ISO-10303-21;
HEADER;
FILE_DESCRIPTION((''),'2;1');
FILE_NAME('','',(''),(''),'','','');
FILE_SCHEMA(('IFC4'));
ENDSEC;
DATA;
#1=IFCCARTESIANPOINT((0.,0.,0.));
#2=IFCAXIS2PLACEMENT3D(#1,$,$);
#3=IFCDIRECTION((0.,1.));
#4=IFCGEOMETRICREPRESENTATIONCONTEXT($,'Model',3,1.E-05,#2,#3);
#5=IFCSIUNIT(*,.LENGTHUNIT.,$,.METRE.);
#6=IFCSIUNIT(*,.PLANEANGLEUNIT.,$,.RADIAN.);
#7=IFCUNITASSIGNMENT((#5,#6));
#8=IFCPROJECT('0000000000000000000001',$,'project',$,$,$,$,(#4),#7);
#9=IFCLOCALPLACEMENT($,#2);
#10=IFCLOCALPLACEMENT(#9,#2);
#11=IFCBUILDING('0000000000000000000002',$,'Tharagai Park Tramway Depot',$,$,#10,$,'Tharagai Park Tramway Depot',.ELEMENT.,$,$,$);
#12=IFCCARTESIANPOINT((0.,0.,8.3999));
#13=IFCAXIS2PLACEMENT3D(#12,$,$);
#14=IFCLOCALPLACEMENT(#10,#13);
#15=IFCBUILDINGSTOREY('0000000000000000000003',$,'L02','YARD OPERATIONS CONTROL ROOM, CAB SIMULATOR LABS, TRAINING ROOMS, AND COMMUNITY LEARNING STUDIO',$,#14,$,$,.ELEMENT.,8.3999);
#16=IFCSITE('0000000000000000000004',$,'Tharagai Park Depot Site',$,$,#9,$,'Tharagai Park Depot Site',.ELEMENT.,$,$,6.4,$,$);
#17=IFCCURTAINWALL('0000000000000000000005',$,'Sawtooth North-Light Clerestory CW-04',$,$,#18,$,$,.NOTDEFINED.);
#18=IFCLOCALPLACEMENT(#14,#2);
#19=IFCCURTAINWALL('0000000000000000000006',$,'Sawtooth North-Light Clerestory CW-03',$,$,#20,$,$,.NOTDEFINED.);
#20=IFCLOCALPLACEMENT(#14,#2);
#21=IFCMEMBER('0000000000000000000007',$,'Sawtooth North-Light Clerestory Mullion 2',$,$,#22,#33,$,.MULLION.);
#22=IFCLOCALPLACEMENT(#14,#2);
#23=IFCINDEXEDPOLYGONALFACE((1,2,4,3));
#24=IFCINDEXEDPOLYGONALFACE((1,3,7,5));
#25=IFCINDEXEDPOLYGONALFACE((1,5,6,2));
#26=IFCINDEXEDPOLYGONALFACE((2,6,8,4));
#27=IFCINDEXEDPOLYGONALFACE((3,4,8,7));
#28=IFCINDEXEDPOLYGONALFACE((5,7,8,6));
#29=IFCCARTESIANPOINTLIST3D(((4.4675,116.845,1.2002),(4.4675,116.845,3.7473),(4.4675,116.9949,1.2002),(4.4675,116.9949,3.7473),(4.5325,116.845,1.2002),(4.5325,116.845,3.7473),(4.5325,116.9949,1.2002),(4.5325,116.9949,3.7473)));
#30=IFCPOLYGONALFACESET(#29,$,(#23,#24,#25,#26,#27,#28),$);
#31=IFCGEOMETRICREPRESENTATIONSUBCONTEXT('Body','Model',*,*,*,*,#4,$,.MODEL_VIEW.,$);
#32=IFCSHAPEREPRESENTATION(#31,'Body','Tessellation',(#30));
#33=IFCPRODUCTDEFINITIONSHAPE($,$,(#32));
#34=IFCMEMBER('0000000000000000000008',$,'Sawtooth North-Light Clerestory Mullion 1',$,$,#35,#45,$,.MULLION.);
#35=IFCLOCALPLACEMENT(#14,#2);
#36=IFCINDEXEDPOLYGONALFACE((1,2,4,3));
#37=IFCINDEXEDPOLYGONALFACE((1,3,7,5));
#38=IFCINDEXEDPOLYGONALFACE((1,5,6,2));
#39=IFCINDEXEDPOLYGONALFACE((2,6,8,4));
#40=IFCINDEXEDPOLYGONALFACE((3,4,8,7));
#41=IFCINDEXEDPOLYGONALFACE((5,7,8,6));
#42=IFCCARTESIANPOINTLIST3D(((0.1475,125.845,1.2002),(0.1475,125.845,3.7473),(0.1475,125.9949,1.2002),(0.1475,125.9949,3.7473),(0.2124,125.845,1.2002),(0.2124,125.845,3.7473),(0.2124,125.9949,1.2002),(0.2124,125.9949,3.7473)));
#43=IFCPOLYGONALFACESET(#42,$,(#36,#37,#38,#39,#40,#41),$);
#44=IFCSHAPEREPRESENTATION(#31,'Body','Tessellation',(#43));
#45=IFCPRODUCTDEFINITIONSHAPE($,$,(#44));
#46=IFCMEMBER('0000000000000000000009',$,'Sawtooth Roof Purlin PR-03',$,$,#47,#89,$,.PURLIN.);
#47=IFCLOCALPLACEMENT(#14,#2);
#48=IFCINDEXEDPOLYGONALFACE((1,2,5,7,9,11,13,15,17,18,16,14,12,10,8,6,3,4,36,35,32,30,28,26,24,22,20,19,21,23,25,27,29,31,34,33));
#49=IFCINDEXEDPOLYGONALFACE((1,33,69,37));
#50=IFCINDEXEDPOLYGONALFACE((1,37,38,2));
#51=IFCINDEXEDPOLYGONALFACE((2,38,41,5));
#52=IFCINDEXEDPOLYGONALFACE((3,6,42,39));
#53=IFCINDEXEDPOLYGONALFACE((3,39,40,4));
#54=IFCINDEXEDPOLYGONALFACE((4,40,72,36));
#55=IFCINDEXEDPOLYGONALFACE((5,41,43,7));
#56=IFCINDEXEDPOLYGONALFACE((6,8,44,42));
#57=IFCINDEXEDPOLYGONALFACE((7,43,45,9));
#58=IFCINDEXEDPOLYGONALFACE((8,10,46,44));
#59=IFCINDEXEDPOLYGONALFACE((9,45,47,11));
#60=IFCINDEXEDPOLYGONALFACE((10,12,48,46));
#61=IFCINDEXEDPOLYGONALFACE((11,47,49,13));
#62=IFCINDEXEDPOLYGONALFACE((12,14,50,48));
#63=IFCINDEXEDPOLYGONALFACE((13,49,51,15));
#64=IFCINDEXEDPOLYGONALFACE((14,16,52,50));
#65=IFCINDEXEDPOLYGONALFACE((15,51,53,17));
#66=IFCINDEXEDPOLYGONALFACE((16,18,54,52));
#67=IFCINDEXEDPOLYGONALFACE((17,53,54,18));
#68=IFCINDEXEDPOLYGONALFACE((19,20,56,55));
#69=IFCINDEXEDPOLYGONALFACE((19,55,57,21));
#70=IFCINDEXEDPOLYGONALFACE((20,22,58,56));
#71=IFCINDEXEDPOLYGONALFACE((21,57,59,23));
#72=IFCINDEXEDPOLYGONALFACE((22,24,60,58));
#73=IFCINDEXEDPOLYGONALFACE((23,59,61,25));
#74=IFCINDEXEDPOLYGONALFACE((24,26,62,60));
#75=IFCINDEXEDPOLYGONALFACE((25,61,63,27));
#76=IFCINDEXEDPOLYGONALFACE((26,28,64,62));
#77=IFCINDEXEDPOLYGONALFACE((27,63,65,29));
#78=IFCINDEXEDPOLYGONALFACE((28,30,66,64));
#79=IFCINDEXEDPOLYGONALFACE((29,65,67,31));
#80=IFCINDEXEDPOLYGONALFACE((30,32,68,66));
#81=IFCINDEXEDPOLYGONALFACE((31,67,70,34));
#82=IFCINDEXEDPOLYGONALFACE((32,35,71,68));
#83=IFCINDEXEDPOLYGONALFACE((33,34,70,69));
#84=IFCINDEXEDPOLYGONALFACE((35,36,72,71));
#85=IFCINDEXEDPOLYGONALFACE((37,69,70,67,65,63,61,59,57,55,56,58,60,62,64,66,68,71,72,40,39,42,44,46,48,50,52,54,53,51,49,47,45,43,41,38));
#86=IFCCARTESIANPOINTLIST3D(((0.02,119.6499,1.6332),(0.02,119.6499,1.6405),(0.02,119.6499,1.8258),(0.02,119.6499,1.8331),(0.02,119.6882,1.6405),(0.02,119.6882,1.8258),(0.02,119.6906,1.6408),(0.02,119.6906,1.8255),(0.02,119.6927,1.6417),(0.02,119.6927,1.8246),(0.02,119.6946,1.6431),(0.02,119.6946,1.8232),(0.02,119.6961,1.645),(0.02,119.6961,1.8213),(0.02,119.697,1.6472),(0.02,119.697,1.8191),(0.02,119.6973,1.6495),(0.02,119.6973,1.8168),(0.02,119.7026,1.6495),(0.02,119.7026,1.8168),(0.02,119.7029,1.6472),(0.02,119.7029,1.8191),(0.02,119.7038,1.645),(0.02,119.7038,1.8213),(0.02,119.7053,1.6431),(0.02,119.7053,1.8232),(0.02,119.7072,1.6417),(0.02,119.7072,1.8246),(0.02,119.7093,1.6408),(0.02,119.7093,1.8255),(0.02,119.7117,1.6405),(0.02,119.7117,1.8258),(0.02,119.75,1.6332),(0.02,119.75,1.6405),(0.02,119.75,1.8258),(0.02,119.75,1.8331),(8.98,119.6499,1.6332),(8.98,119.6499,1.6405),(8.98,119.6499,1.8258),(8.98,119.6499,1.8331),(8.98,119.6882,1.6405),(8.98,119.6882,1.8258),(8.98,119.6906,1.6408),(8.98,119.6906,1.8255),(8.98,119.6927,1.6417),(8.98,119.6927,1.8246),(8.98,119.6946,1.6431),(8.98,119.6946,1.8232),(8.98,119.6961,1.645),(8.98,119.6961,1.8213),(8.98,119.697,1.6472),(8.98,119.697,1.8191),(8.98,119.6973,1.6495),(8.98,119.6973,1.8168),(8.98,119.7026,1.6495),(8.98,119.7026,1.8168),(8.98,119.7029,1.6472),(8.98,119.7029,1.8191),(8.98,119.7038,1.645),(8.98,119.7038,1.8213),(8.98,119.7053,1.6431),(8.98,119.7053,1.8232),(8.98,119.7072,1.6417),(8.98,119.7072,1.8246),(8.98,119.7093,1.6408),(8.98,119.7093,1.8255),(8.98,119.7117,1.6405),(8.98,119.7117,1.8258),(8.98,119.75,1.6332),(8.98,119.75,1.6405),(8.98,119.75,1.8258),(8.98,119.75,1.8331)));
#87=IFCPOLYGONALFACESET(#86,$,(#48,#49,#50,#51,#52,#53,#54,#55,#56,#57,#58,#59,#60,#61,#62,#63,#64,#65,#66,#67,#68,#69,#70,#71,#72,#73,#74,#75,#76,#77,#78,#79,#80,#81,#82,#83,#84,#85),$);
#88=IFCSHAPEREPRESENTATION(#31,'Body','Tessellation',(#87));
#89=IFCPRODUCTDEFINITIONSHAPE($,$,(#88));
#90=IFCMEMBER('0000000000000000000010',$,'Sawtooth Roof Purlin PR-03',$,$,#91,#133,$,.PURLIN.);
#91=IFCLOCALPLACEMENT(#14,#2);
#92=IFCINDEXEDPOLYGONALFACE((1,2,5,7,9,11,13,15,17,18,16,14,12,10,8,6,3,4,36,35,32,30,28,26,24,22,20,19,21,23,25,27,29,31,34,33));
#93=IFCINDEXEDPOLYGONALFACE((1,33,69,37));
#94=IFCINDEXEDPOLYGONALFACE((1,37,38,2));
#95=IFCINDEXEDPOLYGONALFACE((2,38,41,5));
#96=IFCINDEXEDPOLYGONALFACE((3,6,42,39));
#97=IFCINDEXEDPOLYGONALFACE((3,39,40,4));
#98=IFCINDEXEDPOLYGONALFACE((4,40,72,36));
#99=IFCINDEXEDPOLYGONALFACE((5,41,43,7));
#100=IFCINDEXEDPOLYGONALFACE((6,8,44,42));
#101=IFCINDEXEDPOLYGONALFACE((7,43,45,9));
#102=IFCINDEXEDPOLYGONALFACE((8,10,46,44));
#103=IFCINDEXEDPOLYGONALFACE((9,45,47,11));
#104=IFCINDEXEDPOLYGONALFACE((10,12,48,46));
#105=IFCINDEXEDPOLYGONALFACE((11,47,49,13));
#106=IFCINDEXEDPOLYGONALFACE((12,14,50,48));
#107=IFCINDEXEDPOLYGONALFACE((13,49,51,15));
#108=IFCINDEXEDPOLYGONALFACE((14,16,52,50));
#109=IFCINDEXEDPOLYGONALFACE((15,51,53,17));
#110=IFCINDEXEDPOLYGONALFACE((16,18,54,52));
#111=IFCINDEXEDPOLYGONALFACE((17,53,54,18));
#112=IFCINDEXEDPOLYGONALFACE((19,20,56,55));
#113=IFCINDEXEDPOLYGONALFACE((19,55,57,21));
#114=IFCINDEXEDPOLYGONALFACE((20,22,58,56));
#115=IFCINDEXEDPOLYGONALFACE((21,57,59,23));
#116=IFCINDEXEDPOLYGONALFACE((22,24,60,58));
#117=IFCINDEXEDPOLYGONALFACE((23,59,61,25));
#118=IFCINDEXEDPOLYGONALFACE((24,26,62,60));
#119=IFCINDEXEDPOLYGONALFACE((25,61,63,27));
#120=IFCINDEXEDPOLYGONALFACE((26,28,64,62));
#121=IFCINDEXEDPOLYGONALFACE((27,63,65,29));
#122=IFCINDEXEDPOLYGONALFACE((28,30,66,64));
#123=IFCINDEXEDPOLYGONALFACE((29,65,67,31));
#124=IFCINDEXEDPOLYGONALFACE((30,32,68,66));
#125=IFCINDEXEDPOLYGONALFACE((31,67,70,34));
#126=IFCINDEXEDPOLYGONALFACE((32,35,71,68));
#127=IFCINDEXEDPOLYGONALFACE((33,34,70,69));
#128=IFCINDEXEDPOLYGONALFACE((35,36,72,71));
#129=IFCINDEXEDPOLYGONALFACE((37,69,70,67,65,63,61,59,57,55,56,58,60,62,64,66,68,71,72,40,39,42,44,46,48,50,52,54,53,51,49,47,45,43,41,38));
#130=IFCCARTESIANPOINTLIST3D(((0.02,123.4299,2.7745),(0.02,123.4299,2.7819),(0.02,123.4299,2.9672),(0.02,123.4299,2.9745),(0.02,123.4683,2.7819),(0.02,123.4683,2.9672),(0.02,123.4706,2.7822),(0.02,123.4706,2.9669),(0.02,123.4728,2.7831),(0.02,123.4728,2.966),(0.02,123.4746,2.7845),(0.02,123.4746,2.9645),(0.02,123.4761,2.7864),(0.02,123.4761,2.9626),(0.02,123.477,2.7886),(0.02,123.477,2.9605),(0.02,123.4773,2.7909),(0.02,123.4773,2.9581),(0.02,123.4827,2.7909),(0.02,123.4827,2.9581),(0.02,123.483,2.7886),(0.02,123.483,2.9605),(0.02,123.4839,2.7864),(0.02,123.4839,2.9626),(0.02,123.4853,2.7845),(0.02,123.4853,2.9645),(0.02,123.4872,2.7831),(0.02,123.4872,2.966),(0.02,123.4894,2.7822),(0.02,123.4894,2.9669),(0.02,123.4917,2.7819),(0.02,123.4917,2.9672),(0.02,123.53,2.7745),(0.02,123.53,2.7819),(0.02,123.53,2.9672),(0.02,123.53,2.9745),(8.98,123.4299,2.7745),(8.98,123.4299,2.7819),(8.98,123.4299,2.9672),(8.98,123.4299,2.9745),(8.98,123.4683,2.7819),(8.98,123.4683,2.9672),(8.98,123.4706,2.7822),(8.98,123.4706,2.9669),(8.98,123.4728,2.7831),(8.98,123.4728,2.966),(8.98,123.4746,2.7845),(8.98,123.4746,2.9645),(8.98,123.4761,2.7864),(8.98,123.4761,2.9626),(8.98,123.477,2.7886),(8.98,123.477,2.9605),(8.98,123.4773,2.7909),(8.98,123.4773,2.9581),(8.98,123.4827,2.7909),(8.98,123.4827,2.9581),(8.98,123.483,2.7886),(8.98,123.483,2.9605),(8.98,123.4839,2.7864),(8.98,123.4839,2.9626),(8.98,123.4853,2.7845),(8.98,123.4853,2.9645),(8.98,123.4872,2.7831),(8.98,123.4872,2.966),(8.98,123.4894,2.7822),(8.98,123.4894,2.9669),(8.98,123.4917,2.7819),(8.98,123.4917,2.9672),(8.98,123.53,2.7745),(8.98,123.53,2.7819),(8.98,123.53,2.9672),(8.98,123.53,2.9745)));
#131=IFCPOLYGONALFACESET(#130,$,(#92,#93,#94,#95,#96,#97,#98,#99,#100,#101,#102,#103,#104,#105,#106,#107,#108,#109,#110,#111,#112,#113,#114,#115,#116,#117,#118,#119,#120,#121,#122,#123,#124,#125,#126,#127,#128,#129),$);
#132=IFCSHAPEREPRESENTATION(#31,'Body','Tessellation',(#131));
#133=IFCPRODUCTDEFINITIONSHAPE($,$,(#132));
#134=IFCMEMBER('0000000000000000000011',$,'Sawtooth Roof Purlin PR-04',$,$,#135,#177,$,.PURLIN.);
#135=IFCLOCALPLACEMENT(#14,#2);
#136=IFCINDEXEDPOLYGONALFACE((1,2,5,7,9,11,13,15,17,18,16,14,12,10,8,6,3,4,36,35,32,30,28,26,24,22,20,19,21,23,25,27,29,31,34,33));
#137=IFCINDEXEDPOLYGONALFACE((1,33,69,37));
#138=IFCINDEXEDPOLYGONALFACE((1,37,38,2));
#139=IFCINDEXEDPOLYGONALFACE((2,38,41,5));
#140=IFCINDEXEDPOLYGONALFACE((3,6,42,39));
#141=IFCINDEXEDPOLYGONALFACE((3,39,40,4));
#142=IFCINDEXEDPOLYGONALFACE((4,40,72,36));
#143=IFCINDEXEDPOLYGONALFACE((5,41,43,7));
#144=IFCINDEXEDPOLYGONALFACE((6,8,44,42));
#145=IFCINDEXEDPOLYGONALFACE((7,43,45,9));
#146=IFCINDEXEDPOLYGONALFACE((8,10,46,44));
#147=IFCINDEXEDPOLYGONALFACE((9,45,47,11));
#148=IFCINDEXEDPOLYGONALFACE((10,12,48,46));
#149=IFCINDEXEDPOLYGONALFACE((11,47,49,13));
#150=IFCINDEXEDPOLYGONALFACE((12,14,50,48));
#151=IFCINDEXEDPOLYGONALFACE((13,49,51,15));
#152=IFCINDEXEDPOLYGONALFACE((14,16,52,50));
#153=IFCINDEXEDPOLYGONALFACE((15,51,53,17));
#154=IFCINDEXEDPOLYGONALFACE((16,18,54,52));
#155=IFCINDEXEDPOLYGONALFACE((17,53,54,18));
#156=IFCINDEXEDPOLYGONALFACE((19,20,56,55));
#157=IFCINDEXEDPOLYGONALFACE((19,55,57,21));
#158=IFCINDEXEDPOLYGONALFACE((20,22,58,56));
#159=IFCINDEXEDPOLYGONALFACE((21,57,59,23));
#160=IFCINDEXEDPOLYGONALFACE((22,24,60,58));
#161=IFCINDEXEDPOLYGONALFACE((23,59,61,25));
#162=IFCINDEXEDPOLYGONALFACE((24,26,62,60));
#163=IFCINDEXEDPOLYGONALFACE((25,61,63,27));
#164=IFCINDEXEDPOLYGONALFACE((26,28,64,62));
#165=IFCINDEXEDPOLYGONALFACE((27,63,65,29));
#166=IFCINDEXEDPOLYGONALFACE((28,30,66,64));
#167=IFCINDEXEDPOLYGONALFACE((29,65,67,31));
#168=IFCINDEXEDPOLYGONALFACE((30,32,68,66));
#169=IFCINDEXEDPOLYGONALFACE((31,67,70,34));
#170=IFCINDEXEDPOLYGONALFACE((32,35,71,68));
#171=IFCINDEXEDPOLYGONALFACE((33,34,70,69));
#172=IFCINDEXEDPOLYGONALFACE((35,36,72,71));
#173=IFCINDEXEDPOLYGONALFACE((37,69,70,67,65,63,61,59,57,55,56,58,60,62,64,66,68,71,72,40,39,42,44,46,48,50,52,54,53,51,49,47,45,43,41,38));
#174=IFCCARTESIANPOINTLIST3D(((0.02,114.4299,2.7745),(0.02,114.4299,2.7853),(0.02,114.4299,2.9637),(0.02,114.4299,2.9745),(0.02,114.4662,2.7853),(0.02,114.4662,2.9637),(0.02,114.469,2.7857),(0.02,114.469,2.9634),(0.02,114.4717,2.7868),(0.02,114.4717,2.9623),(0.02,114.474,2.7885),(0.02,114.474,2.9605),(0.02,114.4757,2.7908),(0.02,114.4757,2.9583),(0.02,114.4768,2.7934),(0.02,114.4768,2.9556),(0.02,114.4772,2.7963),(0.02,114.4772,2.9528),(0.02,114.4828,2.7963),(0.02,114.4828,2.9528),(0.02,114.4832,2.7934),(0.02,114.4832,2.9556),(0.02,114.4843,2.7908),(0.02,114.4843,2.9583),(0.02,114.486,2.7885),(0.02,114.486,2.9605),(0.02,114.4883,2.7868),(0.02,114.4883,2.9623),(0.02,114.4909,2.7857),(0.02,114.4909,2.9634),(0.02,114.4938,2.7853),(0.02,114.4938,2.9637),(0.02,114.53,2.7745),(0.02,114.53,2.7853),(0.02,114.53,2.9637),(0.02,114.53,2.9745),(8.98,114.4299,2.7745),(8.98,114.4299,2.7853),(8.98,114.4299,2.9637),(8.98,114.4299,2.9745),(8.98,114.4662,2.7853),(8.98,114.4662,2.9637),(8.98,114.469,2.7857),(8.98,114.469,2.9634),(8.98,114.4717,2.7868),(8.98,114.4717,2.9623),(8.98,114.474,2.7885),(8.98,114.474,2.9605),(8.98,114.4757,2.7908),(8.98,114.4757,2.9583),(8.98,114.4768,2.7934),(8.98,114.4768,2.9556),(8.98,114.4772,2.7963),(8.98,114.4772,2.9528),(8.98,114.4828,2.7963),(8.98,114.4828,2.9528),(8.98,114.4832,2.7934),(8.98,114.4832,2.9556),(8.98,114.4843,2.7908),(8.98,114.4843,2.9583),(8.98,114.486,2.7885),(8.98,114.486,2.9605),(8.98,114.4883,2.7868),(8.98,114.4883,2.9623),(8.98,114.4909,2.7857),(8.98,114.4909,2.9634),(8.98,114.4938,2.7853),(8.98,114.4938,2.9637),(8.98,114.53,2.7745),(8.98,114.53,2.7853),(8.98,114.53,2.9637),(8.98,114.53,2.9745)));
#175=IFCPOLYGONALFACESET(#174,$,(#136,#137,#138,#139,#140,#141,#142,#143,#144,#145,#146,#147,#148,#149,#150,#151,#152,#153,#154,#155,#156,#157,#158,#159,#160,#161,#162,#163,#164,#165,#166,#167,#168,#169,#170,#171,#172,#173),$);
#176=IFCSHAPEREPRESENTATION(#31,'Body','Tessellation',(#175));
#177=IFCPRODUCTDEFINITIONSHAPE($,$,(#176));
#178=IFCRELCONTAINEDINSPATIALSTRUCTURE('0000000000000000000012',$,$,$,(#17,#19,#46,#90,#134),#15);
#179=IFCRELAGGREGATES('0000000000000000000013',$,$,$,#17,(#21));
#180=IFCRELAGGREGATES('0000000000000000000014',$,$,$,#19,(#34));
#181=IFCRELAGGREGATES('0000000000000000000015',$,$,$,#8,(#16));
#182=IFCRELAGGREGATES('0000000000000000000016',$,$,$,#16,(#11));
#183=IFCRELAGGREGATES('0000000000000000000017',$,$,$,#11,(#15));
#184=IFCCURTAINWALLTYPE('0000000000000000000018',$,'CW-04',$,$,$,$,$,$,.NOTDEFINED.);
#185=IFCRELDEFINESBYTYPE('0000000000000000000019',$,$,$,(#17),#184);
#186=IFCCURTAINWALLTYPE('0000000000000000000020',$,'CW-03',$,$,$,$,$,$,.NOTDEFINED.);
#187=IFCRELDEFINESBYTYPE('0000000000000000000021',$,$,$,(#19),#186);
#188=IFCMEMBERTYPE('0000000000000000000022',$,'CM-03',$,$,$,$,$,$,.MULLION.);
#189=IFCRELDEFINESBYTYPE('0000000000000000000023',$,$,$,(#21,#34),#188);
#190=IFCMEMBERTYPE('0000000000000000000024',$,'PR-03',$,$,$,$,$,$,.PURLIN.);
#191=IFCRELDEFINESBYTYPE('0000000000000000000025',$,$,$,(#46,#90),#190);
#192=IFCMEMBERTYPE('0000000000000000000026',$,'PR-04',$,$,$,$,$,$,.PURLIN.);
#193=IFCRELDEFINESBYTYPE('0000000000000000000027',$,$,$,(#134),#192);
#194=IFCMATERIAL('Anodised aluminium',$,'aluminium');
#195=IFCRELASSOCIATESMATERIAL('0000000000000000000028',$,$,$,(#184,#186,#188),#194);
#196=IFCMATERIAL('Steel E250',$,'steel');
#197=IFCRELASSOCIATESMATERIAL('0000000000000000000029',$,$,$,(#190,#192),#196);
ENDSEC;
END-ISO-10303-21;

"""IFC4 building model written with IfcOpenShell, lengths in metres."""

from ifc_helpers import new_model, si_unit, direction, frame, origin, origin_2d, place, context, subcontext, project, spatial, rectangle, i_section, extrude, material, material_profile, profile_set, type_object, element, aggregate, save


model = new_model("IFC4")

# Units and contexts
model_context = context("Model", 3, precision=1e-05, world=origin(), true_north=direction((0.0, 1.0)))
body_context = subcontext(model_context, "Body", "Model", "MODEL_VIEW")
ifc_project = project(units=[si_unit("LENGTHUNIT", "METRE"), si_unit("PLANEANGLEUNIT", "RADIAN")], contexts=[model_context])

# Site, building, storey
site_placement = place(None, origin())
site = spatial("IfcSite", under=ifc_project, at=site_placement, Name="Tharagai Park Depot Site", LongName="Tharagai Park Depot Site", CompositionType="ELEMENT", RefElevation=6.4)
building_placement = place(site_placement, origin())
building = spatial("IfcBuilding", under=site, at=building_placement, Name="Tharagai Park Tramway Depot", LongName="Tharagai Park Tramway Depot", CompositionType="ELEMENT")
storey_placement = place(building_placement, frame((0.0, 0.0, 8.3999)))
storey = spatial("IfcBuildingStorey", under=building, at=storey_placement, Name="L02", Description="YARD OPERATIONS CONTROL ROOM, CAB SIMULATOR LABS, TRAINING ROOMS, AND COMMUNITY LEARNING STUDIO", CompositionType="ELEMENT", Elevation=8.3999)

# Curtain walls
ifc_material_1 = material(Name="Anodised aluminium", Category="aluminium")
curtain_wall_type_1 = type_object("IfcCurtainWallType", Name="CW-04", PredefinedType="NOTDEFINED", material=ifc_material_1)
curtain_wall_1_placement = place(storey_placement, origin())
curtain_wall_1 = element("IfcCurtainWall", 1, at=curtain_wall_1_placement, inside=storey, type_object=curtain_wall_type_1, Name="Sawtooth North-Light Clerestory CW-04", PredefinedType="NOTDEFINED")
curtain_wall_type_2 = type_object("IfcCurtainWallType", Name="CW-03", PredefinedType="NOTDEFINED", material=ifc_material_1)
curtain_wall_2_placement = place(storey_placement, origin())
curtain_wall_2 = element("IfcCurtainWall", 2, at=curtain_wall_2_placement, inside=storey, type_object=curtain_wall_type_2, Name="Sawtooth North-Light Clerestory CW-03", PredefinedType="NOTDEFINED")

# Members
ifc_material_profile_1 = material_profile(ifc_material_1, rectangle(XDim=0.0649, YDim=0.1499, at=origin_2d()), Name="ALU 65x150")
ifc_profile_set_1 = profile_set([ifc_material_profile_1], Name="Anodised aluminium")
member_type_1 = type_object("IfcMemberType", Name="CM-03", PredefinedType="MULLION", material=ifc_profile_set_1)
member_1_placement = place(storey_placement, frame((4.5, 116.9199, 1.2002), z_axis=(0.0, 0.0, 1.0), x_axis=(1.0, 0.0, 0.0)))
member_1 = element("IfcMember", 3, at=member_1_placement, type_object=member_type_1, Name="Sawtooth North-Light Clerestory Mullion 2", PredefinedType="MULLION", context=body_context, shape_type="SweptSolid", body=[
    extrude(rectangle(XDim=0.0649, YDim=0.1499, at=origin_2d()), origin(), (0.0, 0.0, 1.0), 2.5471),
])
member_2_placement = place(storey_placement, frame((0.1799, 125.9199, 1.2002), z_axis=(0.0, 0.0, 1.0), x_axis=(1.0, 0.0, 0.0)))
member_2 = element("IfcMember", 4, at=member_2_placement, type_object=member_type_1, Name="Sawtooth North-Light Clerestory Mullion 1", PredefinedType="MULLION", context=body_context, shape_type="SweptSolid", body=[
    extrude(rectangle(XDim=0.0649, YDim=0.1499, at=origin_2d()), origin(), (0.0, 0.0, 1.0), 2.5471),
])

# Members
ifc_material_2 = material(Name="Steel E250", Category="steel")
ifc_material_profile_2 = material_profile(ifc_material_2, i_section(OverallWidth=0.1001, OverallDepth=0.2, WebThickness=0.0054, FlangeThickness=0.0073, FilletRadius=0.009, at=origin_2d()), Name="ISLB 200")
ifc_profile_set_2 = profile_set([ifc_material_profile_2], Name="Steel E250")
member_type_2 = type_object("IfcMemberType", Name="PR-03", PredefinedType="PURLIN", material=ifc_profile_set_2)
for number, where, z_axis, x_axis, name in (
    (5, (0.02, 119.7, 1.7332), (1.0, 0.0, 0.0), (0.0, 1.0, 0.0), "Sawtooth Roof Purlin PR-03"),
    (6, (0.02, 123.48, 2.8745), (1.0, 0.0, 0.0), (0.0, 1.0, 0.0), "Sawtooth Roof Purlin PR-03"),
):
    element("IfcMember", number, at=place(storey_placement, frame(where, z_axis=z_axis, x_axis=x_axis)), inside=storey, type_object=member_type_2, Name=name, PredefinedType="PURLIN", context=body_context, shape_type="SweptSolid", body=[
        extrude(i_section(OverallWidth=0.1001, OverallDepth=0.2, WebThickness=0.0054, FlangeThickness=0.0073, FilletRadius=0.009, at=origin_2d()), origin(), (0.0, 0.0, 1.0), 8.96),
    ])
ifc_material_profile_3 = material_profile(ifc_material_2, i_section(OverallWidth=0.1001, OverallDepth=0.2, WebThickness=0.0056, FlangeThickness=0.0107, FilletRadius=0.011, at=origin_2d()), Name="ISMB 200")
ifc_profile_set_3 = profile_set([ifc_material_profile_3], Name="Steel E250")
member_type_3 = type_object("IfcMemberType", Name="PR-04", PredefinedType="PURLIN", material=ifc_profile_set_3)
member_3_placement = place(storey_placement, frame((0.02, 114.48, 2.8745), z_axis=(1.0, 0.0, 0.0), x_axis=(0.0, 1.0, 0.0)))
element("IfcMember", 7, at=member_3_placement, inside=storey, type_object=member_type_3, Name="Sawtooth Roof Purlin PR-04", PredefinedType="PURLIN", context=body_context, shape_type="SweptSolid", body=[
    extrude(i_section(OverallWidth=0.1001, OverallDepth=0.2, WebThickness=0.0056, FlangeThickness=0.0107, FilletRadius=0.011, at=origin_2d()), origin(), (0.0, 0.0, 1.0), 8.96),
])

aggregate(curtain_wall_1, [member_1])
aggregate(curtain_wall_2, [member_2])

save(model, "model.ifc")
